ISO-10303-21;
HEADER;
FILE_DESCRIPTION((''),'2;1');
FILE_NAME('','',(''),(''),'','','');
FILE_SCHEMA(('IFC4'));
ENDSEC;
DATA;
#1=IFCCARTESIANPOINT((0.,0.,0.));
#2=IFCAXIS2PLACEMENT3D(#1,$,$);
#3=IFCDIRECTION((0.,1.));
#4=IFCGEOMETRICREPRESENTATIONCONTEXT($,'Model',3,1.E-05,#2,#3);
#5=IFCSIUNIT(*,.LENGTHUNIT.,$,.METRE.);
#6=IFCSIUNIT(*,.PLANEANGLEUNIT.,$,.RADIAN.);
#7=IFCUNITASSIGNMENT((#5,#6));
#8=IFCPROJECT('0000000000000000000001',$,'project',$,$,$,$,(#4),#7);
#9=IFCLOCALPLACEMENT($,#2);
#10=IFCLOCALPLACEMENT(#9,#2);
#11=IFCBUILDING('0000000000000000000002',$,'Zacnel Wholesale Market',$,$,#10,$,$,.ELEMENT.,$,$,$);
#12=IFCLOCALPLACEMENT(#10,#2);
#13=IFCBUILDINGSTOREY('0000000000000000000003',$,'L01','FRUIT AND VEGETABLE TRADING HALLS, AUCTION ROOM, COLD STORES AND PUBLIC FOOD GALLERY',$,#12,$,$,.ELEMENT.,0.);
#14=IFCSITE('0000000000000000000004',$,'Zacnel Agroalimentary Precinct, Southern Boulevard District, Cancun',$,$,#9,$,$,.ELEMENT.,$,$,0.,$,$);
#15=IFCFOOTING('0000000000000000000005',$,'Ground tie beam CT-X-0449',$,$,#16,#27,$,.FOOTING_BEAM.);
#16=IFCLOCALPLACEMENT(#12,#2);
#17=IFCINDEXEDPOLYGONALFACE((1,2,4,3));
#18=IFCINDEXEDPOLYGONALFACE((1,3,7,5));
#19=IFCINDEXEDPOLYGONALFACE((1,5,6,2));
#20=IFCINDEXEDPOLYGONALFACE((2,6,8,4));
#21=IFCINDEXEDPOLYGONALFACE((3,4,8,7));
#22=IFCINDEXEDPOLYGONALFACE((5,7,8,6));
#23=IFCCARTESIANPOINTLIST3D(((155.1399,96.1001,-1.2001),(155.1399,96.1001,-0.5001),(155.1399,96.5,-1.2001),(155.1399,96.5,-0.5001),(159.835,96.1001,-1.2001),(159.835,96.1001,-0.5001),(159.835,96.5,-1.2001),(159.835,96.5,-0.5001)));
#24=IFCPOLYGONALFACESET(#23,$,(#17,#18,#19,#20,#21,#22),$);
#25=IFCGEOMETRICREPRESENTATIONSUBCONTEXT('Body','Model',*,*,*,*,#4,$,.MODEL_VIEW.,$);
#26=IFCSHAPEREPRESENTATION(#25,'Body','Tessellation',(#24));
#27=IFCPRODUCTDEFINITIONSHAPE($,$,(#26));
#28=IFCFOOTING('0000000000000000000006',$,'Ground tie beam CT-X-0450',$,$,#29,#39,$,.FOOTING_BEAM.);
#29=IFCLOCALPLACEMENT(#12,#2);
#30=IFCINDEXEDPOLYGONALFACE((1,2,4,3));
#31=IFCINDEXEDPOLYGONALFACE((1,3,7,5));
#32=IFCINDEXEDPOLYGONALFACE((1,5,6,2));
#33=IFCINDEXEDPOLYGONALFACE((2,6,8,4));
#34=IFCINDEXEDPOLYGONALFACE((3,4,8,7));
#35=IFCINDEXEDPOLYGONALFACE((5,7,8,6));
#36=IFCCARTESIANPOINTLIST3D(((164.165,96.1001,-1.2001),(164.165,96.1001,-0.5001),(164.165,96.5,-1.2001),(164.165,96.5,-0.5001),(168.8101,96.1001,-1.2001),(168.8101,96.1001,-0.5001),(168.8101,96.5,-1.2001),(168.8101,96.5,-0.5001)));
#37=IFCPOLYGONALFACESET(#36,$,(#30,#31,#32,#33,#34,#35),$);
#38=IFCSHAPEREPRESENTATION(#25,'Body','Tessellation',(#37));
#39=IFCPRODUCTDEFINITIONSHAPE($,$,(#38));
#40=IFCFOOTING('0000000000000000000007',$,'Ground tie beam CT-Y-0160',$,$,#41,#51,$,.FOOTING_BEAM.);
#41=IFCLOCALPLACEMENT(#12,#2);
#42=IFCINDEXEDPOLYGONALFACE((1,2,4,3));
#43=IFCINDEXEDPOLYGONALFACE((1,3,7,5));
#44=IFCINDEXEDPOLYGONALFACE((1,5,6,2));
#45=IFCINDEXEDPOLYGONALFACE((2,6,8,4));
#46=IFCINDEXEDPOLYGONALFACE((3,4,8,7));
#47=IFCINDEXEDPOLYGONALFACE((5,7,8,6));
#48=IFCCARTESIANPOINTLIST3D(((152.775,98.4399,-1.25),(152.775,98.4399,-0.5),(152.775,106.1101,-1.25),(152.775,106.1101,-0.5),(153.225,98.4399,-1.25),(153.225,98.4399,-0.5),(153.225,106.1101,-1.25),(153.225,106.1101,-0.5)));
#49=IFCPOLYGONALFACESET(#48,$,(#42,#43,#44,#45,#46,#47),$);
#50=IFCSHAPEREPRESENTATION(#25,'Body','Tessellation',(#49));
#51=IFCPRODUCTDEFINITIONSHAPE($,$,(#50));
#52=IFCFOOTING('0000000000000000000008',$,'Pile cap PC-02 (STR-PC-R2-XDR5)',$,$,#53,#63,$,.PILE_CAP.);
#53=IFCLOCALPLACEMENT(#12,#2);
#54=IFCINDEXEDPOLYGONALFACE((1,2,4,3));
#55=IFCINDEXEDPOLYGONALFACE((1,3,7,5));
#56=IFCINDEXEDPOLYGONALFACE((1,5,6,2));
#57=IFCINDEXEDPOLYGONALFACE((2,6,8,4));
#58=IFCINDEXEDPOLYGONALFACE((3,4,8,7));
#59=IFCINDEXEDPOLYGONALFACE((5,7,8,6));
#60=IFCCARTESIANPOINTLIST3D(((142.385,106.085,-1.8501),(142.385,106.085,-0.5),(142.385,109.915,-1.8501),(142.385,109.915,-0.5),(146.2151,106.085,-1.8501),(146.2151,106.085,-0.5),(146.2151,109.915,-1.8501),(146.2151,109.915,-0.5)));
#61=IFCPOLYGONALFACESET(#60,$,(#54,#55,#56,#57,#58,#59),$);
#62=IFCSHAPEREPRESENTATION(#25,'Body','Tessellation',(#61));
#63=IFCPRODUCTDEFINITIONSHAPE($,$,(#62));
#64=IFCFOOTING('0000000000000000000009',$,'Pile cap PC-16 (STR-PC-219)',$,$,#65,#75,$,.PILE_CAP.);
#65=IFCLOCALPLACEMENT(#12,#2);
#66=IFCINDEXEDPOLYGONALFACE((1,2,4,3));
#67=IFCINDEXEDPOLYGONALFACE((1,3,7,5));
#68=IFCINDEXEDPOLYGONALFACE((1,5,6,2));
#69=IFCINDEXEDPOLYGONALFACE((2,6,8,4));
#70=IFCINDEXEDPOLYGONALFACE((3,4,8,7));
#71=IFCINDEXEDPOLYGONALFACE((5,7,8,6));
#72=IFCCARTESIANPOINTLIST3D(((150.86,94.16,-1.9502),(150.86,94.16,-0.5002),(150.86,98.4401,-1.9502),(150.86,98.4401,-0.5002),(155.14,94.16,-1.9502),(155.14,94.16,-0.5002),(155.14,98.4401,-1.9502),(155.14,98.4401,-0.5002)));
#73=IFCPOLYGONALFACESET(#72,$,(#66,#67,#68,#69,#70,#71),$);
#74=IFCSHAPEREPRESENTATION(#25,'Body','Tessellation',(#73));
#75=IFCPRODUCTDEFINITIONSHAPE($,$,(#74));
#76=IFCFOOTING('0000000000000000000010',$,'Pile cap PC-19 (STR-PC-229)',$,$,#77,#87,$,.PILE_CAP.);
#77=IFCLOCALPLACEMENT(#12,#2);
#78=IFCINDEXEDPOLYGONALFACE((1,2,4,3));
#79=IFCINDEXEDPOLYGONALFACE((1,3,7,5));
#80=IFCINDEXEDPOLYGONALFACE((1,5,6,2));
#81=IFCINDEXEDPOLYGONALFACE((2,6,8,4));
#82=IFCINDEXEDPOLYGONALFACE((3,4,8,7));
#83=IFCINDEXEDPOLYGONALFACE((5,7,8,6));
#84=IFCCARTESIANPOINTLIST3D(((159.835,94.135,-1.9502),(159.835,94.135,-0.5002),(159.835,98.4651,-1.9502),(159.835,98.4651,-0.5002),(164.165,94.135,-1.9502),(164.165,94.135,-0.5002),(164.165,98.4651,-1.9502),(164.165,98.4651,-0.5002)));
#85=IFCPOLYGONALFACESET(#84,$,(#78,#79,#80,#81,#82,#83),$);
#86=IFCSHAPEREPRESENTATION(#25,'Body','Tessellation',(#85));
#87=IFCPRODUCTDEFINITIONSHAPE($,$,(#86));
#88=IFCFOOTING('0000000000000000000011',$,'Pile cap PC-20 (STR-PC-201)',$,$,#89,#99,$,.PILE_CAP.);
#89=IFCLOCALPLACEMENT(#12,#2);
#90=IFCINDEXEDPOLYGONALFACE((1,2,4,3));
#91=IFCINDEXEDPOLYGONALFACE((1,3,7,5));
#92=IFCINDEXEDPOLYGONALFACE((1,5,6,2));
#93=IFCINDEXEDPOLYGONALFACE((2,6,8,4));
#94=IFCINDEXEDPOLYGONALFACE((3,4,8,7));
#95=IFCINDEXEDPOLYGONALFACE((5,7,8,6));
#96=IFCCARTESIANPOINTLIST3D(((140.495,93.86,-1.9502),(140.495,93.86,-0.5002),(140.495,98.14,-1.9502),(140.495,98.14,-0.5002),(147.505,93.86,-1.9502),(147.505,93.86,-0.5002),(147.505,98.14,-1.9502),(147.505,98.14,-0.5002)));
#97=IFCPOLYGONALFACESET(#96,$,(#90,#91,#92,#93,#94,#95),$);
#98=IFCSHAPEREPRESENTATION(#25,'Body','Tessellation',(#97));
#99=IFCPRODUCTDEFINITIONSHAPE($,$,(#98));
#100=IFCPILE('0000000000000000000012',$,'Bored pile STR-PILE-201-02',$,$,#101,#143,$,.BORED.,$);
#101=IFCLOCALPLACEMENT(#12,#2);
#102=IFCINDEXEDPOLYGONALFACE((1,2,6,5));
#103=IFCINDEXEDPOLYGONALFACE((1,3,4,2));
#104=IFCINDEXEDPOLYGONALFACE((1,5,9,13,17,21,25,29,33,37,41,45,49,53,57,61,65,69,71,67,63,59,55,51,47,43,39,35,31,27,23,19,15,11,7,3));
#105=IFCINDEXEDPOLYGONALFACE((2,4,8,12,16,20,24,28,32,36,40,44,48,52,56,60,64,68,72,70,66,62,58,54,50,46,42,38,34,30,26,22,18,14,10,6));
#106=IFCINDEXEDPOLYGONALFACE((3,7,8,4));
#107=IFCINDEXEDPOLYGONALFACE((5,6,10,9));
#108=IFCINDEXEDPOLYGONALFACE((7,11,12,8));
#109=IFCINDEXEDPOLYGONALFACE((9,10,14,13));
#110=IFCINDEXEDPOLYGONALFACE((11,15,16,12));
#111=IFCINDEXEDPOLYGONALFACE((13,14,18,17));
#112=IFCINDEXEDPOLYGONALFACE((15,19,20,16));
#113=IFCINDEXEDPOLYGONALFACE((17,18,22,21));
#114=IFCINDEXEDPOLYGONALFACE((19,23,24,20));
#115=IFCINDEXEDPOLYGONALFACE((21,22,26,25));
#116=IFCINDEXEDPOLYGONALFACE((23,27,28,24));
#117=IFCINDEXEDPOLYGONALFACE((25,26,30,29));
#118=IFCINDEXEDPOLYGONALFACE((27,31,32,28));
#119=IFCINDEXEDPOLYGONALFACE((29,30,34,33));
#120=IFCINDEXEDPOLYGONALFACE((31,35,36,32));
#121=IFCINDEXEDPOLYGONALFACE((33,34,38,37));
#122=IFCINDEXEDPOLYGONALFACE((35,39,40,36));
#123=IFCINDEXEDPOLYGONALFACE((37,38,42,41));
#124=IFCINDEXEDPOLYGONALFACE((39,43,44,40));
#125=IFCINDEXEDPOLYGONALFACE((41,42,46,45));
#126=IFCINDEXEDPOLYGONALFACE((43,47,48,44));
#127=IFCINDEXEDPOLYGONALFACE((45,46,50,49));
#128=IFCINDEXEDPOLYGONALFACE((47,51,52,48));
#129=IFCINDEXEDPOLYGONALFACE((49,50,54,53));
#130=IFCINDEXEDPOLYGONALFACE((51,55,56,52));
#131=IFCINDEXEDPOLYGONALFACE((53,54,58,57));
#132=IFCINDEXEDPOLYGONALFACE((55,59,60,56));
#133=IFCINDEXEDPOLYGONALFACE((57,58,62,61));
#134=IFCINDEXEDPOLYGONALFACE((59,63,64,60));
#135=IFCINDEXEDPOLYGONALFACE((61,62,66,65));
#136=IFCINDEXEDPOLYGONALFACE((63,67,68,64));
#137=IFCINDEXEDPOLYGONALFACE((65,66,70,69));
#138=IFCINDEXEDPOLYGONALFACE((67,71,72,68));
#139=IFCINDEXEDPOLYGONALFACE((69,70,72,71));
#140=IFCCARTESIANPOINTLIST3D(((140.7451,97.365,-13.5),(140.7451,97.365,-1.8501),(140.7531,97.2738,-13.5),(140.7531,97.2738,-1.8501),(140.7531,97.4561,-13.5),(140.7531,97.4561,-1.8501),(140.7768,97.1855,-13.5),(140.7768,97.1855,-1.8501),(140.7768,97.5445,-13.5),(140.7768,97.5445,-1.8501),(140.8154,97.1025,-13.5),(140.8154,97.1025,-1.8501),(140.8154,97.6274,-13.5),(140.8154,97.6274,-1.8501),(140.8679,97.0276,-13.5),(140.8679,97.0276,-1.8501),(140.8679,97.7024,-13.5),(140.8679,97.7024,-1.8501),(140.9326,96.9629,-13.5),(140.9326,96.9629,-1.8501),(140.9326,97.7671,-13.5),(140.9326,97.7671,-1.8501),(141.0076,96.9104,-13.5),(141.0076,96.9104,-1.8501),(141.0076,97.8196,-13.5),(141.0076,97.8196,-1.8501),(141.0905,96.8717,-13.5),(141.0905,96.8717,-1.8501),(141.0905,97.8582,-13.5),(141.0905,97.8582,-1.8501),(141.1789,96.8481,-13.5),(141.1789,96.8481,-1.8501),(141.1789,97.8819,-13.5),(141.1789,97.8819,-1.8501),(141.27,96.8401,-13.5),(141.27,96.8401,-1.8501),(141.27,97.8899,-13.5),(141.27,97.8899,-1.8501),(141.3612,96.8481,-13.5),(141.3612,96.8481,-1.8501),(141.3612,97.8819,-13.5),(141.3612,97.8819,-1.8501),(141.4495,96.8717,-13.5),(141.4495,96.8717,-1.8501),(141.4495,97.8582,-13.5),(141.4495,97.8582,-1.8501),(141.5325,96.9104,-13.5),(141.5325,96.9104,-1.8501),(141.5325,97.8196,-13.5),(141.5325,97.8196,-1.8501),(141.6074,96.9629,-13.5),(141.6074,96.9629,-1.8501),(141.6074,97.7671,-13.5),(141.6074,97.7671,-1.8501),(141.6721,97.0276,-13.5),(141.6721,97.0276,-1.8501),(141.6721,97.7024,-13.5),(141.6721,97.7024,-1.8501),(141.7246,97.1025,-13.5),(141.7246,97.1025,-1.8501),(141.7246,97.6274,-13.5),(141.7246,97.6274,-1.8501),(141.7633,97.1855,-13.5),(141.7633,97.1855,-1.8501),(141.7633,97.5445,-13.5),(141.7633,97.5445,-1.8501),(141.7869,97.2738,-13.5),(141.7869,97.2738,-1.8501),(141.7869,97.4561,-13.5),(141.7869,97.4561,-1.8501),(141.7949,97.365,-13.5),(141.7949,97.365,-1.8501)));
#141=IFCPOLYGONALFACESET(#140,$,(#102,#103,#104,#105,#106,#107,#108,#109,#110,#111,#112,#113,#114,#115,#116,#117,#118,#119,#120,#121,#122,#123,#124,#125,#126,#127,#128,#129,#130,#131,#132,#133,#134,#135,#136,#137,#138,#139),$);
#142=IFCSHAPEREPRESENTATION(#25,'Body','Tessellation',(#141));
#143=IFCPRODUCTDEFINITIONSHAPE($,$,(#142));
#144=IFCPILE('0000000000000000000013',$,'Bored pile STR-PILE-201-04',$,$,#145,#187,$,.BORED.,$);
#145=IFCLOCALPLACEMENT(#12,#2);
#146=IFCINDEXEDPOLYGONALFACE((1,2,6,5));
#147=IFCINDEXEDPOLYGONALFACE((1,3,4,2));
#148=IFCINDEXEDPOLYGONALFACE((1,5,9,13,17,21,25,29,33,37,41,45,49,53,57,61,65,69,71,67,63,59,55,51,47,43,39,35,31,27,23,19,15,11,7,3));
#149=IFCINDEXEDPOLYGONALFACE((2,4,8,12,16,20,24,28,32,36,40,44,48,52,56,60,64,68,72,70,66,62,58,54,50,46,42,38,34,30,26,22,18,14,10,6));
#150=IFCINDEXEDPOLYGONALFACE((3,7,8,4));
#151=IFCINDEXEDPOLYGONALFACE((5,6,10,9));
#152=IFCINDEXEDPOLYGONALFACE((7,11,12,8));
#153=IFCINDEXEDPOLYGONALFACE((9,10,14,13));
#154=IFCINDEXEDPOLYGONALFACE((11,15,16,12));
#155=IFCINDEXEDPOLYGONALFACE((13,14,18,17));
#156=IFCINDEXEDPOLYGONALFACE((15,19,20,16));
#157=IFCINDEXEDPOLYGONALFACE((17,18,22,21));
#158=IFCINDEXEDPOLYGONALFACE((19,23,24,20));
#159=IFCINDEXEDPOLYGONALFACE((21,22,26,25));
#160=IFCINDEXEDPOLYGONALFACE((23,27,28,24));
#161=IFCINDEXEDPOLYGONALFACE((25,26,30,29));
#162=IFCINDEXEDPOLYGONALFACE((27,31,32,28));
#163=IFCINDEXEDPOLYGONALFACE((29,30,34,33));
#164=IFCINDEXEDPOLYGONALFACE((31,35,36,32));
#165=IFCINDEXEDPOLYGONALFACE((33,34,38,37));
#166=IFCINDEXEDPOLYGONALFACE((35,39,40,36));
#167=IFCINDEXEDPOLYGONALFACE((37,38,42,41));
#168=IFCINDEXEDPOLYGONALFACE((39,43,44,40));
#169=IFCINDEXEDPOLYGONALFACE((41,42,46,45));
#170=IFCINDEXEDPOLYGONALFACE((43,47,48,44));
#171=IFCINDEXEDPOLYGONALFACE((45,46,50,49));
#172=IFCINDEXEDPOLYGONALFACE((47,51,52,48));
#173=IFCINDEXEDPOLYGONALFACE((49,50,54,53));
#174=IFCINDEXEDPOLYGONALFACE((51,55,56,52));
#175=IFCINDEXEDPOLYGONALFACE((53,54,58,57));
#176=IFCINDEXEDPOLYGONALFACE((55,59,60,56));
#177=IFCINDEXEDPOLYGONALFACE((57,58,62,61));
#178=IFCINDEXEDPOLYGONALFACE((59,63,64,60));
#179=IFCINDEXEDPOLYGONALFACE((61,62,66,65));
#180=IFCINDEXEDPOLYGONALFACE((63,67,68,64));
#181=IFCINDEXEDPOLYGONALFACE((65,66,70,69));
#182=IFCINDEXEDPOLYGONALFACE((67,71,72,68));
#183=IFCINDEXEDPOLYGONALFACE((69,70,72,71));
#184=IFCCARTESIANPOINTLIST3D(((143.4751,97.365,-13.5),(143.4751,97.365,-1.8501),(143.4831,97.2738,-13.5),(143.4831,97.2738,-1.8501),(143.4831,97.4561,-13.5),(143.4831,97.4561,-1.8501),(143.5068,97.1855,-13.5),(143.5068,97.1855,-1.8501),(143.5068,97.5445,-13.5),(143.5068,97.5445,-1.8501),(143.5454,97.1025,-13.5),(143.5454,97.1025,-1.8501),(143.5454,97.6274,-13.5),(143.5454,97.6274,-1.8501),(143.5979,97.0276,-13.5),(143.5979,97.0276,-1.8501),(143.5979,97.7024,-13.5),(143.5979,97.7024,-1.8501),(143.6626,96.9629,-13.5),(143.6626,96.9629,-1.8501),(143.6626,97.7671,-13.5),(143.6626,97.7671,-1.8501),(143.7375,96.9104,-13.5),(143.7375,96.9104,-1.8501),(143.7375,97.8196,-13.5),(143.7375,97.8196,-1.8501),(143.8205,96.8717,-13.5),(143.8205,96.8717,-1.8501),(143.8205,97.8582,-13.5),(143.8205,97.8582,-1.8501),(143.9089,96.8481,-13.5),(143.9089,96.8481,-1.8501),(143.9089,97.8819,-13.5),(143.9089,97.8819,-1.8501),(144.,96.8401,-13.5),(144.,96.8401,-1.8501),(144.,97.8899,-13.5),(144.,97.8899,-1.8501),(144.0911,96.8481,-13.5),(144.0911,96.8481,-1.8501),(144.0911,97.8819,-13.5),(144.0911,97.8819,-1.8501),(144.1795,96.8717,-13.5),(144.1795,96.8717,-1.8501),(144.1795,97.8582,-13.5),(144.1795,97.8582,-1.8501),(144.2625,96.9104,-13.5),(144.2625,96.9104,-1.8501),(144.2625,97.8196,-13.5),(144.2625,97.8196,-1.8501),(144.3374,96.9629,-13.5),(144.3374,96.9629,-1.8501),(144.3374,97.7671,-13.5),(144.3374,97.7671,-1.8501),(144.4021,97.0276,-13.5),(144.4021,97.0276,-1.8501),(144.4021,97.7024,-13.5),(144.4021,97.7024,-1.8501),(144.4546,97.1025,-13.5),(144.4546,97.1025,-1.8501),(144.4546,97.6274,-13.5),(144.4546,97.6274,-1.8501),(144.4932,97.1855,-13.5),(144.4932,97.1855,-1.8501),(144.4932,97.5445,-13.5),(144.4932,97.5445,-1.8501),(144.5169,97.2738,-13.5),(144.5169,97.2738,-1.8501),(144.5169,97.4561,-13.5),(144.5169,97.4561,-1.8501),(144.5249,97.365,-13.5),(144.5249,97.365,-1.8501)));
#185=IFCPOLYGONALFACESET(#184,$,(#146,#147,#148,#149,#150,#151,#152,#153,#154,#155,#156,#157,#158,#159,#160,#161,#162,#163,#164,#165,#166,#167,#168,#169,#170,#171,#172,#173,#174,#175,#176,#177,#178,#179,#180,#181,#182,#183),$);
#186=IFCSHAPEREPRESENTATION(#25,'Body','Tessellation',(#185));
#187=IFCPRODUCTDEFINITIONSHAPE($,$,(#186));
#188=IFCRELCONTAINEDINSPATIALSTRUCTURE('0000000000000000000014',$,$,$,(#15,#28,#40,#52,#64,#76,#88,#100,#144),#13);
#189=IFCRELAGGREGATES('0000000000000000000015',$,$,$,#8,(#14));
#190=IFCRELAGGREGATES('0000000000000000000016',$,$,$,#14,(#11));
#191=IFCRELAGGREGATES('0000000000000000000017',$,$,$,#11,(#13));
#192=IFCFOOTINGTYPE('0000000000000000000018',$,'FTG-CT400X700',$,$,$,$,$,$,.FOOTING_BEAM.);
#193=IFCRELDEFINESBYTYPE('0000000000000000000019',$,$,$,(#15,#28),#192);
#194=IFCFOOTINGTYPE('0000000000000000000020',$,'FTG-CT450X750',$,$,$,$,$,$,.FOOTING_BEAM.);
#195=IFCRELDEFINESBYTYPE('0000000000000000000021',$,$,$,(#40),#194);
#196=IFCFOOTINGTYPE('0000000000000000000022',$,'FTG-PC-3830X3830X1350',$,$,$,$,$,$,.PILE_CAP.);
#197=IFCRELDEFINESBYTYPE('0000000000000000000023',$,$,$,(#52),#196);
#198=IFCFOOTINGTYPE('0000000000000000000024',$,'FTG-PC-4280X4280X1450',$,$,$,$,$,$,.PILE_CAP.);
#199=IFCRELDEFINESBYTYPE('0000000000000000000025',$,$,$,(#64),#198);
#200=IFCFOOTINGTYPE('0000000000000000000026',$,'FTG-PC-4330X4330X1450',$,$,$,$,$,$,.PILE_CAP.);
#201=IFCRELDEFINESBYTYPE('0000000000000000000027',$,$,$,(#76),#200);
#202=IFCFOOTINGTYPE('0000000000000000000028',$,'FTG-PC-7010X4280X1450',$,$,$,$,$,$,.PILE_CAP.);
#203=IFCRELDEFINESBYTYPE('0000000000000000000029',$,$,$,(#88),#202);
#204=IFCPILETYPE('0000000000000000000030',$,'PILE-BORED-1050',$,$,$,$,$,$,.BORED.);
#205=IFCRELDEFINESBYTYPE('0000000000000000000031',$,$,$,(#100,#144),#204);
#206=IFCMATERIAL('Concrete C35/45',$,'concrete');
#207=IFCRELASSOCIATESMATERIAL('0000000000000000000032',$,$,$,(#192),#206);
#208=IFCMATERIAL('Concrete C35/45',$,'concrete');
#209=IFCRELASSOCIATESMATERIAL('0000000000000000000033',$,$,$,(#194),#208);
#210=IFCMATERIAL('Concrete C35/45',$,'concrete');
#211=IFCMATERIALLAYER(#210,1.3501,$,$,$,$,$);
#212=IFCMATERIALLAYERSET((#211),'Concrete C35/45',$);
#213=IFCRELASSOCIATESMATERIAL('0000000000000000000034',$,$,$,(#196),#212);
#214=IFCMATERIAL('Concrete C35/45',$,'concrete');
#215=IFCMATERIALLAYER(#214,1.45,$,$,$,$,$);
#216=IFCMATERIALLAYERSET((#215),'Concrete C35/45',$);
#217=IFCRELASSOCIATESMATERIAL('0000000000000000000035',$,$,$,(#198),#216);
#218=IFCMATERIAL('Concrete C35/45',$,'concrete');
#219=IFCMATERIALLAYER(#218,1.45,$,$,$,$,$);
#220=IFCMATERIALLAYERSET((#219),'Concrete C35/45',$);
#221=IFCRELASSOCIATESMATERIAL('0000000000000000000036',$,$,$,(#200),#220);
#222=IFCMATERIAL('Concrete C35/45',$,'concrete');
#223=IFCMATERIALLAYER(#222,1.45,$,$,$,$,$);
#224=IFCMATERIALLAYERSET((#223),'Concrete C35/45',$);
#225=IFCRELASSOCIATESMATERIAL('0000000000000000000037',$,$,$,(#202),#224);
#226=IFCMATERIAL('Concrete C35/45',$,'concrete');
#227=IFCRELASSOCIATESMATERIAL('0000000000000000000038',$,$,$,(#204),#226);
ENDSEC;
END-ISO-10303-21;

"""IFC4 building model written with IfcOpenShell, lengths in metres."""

from ifc_helpers import new_model, si_unit, direction, frame, origin, origin_2d, place, context, subcontext, project, spatial, rectangle, circle, extrude, material, layer, layer_set, material_profile, profile_set, type_object, element, save


model = new_model("IFC4")

# Units and contexts
model_context = context("Model", 3, precision=1e-05, world=origin(), true_north=direction((0.0, 1.0)))
body_context = subcontext(model_context, "Body", "Model", "MODEL_VIEW")
ifc_project = project(units=[si_unit("LENGTHUNIT", "METRE"), si_unit("PLANEANGLEUNIT", "RADIAN")], contexts=[model_context])

# Site, building, storey
site_placement = place(None, origin())
site = spatial("IfcSite", under=ifc_project, at=site_placement, Name="Zacnel Agroalimentary Precinct, Southern Boulevard District, Cancun", CompositionType="ELEMENT", RefElevation=0.0)
building_placement = place(site_placement, origin())
building = spatial("IfcBuilding", under=site, at=building_placement, Name="Zacnel Wholesale Market", CompositionType="ELEMENT")
storey_placement = place(building_placement, origin())
storey = spatial("IfcBuildingStorey", under=building, at=storey_placement, Name="L01", Description="FRUIT AND VEGETABLE TRADING HALLS, AUCTION ROOM, COLD STORES AND PUBLIC FOOD GALLERY", CompositionType="ELEMENT", Elevation=0.0)

# Footings
ifc_material_1 = material(Name="Concrete C35/45", Category="concrete")
ifc_material_profile_1 = material_profile(ifc_material_1, rectangle(XDim=0.3999, YDim=0.7, at=origin_2d()), Name="CT 400x700")
ifc_profile_set_1 = profile_set([ifc_material_profile_1], Name="Concrete C35/45")
footing_type_1 = type_object("IfcFootingType", Name="FTG-CT400X700", PredefinedType="FOOTING_BEAM", material=ifc_profile_set_1)
footing_1_placement = place(storey_placement, frame((155.1399, 96.3, -0.8501), z_axis=(1.0, 0.0, 0.0), x_axis=(0.0, 1.0, 0.0)))
element("IfcFooting", 1, at=footing_1_placement, inside=storey, type_object=footing_type_1, Name="Ground tie beam CT-X-0449", PredefinedType="FOOTING_BEAM", context=body_context, shape_type="SweptSolid", body=[
    extrude(rectangle(XDim=0.3999, YDim=0.7, at=origin_2d()), origin(), (0.0, 0.0, 1.0), 4.6951),
])
footing_2_placement = place(storey_placement, frame((164.165, 96.3, -0.8501), z_axis=(1.0, 0.0, 0.0), x_axis=(0.0, 1.0, 0.0)))
element("IfcFooting", 2, at=footing_2_placement, inside=storey, type_object=footing_type_1, Name="Ground tie beam CT-X-0450", PredefinedType="FOOTING_BEAM", context=body_context, shape_type="SweptSolid", body=[
    extrude(rectangle(XDim=0.3999, YDim=0.7, at=origin_2d()), origin(), (0.0, 0.0, 1.0), 4.645),
])
ifc_material_2 = material(Name="Concrete C35/45", Category="concrete")
ifc_material_profile_2 = material_profile(ifc_material_2, rectangle(XDim=0.45, YDim=0.75, at=origin_2d()), Name="CT 450x750")
ifc_profile_set_2 = profile_set([ifc_material_profile_2], Name="Concrete C35/45")
footing_type_2 = type_object("IfcFootingType", Name="FTG-CT450X750", PredefinedType="FOOTING_BEAM", material=ifc_profile_set_2)
footing_3_placement = place(storey_placement, frame((153.0, 98.4399, -0.875), z_axis=(0.0, 1.0, 0.0), x_axis=(-1.0, 0.0, 0.0)))
element("IfcFooting", 3, at=footing_3_placement, inside=storey, type_object=footing_type_2, Name="Ground tie beam CT-Y-0160", PredefinedType="FOOTING_BEAM", context=body_context, shape_type="SweptSolid", body=[
    extrude(rectangle(XDim=0.45, YDim=0.75, at=origin_2d()), origin(), (0.0, 0.0, 1.0), 7.6702),
])
ifc_material_3 = material(Name="Concrete C35/45", Category="concrete")
ifc_layer_1 = layer(ifc_material_3, 1.3501)
ifc_layer_set_1 = layer_set([ifc_layer_1], Name="Concrete C35/45")
footing_type_3 = type_object("IfcFootingType", Name="FTG-PC-3830X3830X1350", PredefinedType="PILE_CAP", material=ifc_layer_set_1)
footing_4_placement = place(storey_placement, frame((144.3, 108.0, -1.8501), z_axis=(0.0, 0.0, 1.0), x_axis=(1.0, 0.0, 0.0)))
element("IfcFooting", 4, at=footing_4_placement, inside=storey, type_object=footing_type_3, Name="Pile cap PC-02 (STR-PC-R2-XDR5)", PredefinedType="PILE_CAP", context=body_context, shape_type="SweptSolid", body=[
    extrude(rectangle(XDim=3.8301, YDim=3.8301, at=origin_2d()), origin(), (0.0, 0.0, 1.0), 1.3501),
])
ifc_material_4 = material(Name="Concrete C35/45", Category="concrete")
ifc_layer_2 = layer(ifc_material_4, 1.45)
ifc_layer_set_2 = layer_set([ifc_layer_2], Name="Concrete C35/45")
footing_type_4 = type_object("IfcFootingType", Name="FTG-PC-4280X4280X1450", PredefinedType="PILE_CAP", material=ifc_layer_set_2)
footing_5_placement = place(storey_placement, frame((153.0, 96.3, -1.9502), z_axis=(0.0, 0.0, 1.0), x_axis=(1.0, 0.0, 0.0)))
element("IfcFooting", 5, at=footing_5_placement, inside=storey, type_object=footing_type_4, Name="Pile cap PC-16 (STR-PC-219)", PredefinedType="PILE_CAP", context=body_context, shape_type="SweptSolid", body=[
    extrude(rectangle(XDim=4.28, YDim=4.28, at=origin_2d()), origin(), (0.0, 0.0, 1.0), 1.45),
])
ifc_material_5 = material(Name="Concrete C35/45", Category="concrete")
ifc_layer_3 = layer(ifc_material_5, 1.45)
ifc_layer_set_3 = layer_set([ifc_layer_3], Name="Concrete C35/45")
footing_type_5 = type_object("IfcFootingType", Name="FTG-PC-4330X4330X1450", PredefinedType="PILE_CAP", material=ifc_layer_set_3)
footing_6_placement = place(storey_placement, frame((162.0, 96.3, -1.9502), z_axis=(0.0, 0.0, 1.0), x_axis=(1.0, 0.0, 0.0)))
element("IfcFooting", 6, at=footing_6_placement, inside=storey, type_object=footing_type_5, Name="Pile cap PC-19 (STR-PC-229)", PredefinedType="PILE_CAP", context=body_context, shape_type="SweptSolid", body=[
    extrude(rectangle(XDim=4.3301, YDim=4.3301, at=origin_2d()), origin(), (0.0, 0.0, 1.0), 1.45),
])
ifc_material_6 = material(Name="Concrete C35/45", Category="concrete")
ifc_layer_4 = layer(ifc_material_6, 1.45)
ifc_layer_set_4 = layer_set([ifc_layer_4], Name="Concrete C35/45")
footing_type_6 = type_object("IfcFootingType", Name="FTG-PC-7010X4280X1450", PredefinedType="PILE_CAP", material=ifc_layer_set_4)
footing_7_placement = place(storey_placement, frame((144.0, 96.0, -1.9502), z_axis=(0.0, 0.0, 1.0), x_axis=(1.0, 0.0, 0.0)))
element("IfcFooting", 7, at=footing_7_placement, inside=storey, type_object=footing_type_6, Name="Pile cap PC-20 (STR-PC-201)", PredefinedType="PILE_CAP", context=body_context, shape_type="SweptSolid", body=[
    extrude(rectangle(XDim=7.01, YDim=4.28, at=origin_2d()), origin(), (0.0, 0.0, 1.0), 1.45),
])

# Piles
ifc_material_7 = material(Name="Concrete C35/45", Category="concrete")
ifc_material_profile_3 = material_profile(ifc_material_7, circle(Radius=0.5249, at=origin_2d()), Name="BORED PILE D1050")
ifc_profile_set_3 = profile_set([ifc_material_profile_3], Name="Concrete C35/45")
pile_type_1 = type_object("IfcPileType", Name="PILE-BORED-1050", PredefinedType="BORED", material=ifc_profile_set_3)
for number, where, z_axis, x_axis, name in (
    (8, (141.27, 97.365, -1.8501), (0.0, 0.0, -1.0), (1.0, 0.0, 0.0), "Bored pile STR-PILE-201-02"),
    (9, (144.0, 97.365, -1.8501), (0.0, 0.0, -1.0), (1.0, 0.0, 0.0), "Bored pile STR-PILE-201-04"),
):
    element("IfcPile", number, at=place(storey_placement, frame(where, z_axis=z_axis, x_axis=x_axis)), inside=storey, type_object=pile_type_1, Name=name, PredefinedType="BORED", context=body_context, shape_type="SweptSolid", body=[
        extrude(circle(Radius=0.5249, at=origin_2d()), origin(), (0.0, 0.0, 1.0), 11.6499),
    ])

save(model, "model.ifc")
